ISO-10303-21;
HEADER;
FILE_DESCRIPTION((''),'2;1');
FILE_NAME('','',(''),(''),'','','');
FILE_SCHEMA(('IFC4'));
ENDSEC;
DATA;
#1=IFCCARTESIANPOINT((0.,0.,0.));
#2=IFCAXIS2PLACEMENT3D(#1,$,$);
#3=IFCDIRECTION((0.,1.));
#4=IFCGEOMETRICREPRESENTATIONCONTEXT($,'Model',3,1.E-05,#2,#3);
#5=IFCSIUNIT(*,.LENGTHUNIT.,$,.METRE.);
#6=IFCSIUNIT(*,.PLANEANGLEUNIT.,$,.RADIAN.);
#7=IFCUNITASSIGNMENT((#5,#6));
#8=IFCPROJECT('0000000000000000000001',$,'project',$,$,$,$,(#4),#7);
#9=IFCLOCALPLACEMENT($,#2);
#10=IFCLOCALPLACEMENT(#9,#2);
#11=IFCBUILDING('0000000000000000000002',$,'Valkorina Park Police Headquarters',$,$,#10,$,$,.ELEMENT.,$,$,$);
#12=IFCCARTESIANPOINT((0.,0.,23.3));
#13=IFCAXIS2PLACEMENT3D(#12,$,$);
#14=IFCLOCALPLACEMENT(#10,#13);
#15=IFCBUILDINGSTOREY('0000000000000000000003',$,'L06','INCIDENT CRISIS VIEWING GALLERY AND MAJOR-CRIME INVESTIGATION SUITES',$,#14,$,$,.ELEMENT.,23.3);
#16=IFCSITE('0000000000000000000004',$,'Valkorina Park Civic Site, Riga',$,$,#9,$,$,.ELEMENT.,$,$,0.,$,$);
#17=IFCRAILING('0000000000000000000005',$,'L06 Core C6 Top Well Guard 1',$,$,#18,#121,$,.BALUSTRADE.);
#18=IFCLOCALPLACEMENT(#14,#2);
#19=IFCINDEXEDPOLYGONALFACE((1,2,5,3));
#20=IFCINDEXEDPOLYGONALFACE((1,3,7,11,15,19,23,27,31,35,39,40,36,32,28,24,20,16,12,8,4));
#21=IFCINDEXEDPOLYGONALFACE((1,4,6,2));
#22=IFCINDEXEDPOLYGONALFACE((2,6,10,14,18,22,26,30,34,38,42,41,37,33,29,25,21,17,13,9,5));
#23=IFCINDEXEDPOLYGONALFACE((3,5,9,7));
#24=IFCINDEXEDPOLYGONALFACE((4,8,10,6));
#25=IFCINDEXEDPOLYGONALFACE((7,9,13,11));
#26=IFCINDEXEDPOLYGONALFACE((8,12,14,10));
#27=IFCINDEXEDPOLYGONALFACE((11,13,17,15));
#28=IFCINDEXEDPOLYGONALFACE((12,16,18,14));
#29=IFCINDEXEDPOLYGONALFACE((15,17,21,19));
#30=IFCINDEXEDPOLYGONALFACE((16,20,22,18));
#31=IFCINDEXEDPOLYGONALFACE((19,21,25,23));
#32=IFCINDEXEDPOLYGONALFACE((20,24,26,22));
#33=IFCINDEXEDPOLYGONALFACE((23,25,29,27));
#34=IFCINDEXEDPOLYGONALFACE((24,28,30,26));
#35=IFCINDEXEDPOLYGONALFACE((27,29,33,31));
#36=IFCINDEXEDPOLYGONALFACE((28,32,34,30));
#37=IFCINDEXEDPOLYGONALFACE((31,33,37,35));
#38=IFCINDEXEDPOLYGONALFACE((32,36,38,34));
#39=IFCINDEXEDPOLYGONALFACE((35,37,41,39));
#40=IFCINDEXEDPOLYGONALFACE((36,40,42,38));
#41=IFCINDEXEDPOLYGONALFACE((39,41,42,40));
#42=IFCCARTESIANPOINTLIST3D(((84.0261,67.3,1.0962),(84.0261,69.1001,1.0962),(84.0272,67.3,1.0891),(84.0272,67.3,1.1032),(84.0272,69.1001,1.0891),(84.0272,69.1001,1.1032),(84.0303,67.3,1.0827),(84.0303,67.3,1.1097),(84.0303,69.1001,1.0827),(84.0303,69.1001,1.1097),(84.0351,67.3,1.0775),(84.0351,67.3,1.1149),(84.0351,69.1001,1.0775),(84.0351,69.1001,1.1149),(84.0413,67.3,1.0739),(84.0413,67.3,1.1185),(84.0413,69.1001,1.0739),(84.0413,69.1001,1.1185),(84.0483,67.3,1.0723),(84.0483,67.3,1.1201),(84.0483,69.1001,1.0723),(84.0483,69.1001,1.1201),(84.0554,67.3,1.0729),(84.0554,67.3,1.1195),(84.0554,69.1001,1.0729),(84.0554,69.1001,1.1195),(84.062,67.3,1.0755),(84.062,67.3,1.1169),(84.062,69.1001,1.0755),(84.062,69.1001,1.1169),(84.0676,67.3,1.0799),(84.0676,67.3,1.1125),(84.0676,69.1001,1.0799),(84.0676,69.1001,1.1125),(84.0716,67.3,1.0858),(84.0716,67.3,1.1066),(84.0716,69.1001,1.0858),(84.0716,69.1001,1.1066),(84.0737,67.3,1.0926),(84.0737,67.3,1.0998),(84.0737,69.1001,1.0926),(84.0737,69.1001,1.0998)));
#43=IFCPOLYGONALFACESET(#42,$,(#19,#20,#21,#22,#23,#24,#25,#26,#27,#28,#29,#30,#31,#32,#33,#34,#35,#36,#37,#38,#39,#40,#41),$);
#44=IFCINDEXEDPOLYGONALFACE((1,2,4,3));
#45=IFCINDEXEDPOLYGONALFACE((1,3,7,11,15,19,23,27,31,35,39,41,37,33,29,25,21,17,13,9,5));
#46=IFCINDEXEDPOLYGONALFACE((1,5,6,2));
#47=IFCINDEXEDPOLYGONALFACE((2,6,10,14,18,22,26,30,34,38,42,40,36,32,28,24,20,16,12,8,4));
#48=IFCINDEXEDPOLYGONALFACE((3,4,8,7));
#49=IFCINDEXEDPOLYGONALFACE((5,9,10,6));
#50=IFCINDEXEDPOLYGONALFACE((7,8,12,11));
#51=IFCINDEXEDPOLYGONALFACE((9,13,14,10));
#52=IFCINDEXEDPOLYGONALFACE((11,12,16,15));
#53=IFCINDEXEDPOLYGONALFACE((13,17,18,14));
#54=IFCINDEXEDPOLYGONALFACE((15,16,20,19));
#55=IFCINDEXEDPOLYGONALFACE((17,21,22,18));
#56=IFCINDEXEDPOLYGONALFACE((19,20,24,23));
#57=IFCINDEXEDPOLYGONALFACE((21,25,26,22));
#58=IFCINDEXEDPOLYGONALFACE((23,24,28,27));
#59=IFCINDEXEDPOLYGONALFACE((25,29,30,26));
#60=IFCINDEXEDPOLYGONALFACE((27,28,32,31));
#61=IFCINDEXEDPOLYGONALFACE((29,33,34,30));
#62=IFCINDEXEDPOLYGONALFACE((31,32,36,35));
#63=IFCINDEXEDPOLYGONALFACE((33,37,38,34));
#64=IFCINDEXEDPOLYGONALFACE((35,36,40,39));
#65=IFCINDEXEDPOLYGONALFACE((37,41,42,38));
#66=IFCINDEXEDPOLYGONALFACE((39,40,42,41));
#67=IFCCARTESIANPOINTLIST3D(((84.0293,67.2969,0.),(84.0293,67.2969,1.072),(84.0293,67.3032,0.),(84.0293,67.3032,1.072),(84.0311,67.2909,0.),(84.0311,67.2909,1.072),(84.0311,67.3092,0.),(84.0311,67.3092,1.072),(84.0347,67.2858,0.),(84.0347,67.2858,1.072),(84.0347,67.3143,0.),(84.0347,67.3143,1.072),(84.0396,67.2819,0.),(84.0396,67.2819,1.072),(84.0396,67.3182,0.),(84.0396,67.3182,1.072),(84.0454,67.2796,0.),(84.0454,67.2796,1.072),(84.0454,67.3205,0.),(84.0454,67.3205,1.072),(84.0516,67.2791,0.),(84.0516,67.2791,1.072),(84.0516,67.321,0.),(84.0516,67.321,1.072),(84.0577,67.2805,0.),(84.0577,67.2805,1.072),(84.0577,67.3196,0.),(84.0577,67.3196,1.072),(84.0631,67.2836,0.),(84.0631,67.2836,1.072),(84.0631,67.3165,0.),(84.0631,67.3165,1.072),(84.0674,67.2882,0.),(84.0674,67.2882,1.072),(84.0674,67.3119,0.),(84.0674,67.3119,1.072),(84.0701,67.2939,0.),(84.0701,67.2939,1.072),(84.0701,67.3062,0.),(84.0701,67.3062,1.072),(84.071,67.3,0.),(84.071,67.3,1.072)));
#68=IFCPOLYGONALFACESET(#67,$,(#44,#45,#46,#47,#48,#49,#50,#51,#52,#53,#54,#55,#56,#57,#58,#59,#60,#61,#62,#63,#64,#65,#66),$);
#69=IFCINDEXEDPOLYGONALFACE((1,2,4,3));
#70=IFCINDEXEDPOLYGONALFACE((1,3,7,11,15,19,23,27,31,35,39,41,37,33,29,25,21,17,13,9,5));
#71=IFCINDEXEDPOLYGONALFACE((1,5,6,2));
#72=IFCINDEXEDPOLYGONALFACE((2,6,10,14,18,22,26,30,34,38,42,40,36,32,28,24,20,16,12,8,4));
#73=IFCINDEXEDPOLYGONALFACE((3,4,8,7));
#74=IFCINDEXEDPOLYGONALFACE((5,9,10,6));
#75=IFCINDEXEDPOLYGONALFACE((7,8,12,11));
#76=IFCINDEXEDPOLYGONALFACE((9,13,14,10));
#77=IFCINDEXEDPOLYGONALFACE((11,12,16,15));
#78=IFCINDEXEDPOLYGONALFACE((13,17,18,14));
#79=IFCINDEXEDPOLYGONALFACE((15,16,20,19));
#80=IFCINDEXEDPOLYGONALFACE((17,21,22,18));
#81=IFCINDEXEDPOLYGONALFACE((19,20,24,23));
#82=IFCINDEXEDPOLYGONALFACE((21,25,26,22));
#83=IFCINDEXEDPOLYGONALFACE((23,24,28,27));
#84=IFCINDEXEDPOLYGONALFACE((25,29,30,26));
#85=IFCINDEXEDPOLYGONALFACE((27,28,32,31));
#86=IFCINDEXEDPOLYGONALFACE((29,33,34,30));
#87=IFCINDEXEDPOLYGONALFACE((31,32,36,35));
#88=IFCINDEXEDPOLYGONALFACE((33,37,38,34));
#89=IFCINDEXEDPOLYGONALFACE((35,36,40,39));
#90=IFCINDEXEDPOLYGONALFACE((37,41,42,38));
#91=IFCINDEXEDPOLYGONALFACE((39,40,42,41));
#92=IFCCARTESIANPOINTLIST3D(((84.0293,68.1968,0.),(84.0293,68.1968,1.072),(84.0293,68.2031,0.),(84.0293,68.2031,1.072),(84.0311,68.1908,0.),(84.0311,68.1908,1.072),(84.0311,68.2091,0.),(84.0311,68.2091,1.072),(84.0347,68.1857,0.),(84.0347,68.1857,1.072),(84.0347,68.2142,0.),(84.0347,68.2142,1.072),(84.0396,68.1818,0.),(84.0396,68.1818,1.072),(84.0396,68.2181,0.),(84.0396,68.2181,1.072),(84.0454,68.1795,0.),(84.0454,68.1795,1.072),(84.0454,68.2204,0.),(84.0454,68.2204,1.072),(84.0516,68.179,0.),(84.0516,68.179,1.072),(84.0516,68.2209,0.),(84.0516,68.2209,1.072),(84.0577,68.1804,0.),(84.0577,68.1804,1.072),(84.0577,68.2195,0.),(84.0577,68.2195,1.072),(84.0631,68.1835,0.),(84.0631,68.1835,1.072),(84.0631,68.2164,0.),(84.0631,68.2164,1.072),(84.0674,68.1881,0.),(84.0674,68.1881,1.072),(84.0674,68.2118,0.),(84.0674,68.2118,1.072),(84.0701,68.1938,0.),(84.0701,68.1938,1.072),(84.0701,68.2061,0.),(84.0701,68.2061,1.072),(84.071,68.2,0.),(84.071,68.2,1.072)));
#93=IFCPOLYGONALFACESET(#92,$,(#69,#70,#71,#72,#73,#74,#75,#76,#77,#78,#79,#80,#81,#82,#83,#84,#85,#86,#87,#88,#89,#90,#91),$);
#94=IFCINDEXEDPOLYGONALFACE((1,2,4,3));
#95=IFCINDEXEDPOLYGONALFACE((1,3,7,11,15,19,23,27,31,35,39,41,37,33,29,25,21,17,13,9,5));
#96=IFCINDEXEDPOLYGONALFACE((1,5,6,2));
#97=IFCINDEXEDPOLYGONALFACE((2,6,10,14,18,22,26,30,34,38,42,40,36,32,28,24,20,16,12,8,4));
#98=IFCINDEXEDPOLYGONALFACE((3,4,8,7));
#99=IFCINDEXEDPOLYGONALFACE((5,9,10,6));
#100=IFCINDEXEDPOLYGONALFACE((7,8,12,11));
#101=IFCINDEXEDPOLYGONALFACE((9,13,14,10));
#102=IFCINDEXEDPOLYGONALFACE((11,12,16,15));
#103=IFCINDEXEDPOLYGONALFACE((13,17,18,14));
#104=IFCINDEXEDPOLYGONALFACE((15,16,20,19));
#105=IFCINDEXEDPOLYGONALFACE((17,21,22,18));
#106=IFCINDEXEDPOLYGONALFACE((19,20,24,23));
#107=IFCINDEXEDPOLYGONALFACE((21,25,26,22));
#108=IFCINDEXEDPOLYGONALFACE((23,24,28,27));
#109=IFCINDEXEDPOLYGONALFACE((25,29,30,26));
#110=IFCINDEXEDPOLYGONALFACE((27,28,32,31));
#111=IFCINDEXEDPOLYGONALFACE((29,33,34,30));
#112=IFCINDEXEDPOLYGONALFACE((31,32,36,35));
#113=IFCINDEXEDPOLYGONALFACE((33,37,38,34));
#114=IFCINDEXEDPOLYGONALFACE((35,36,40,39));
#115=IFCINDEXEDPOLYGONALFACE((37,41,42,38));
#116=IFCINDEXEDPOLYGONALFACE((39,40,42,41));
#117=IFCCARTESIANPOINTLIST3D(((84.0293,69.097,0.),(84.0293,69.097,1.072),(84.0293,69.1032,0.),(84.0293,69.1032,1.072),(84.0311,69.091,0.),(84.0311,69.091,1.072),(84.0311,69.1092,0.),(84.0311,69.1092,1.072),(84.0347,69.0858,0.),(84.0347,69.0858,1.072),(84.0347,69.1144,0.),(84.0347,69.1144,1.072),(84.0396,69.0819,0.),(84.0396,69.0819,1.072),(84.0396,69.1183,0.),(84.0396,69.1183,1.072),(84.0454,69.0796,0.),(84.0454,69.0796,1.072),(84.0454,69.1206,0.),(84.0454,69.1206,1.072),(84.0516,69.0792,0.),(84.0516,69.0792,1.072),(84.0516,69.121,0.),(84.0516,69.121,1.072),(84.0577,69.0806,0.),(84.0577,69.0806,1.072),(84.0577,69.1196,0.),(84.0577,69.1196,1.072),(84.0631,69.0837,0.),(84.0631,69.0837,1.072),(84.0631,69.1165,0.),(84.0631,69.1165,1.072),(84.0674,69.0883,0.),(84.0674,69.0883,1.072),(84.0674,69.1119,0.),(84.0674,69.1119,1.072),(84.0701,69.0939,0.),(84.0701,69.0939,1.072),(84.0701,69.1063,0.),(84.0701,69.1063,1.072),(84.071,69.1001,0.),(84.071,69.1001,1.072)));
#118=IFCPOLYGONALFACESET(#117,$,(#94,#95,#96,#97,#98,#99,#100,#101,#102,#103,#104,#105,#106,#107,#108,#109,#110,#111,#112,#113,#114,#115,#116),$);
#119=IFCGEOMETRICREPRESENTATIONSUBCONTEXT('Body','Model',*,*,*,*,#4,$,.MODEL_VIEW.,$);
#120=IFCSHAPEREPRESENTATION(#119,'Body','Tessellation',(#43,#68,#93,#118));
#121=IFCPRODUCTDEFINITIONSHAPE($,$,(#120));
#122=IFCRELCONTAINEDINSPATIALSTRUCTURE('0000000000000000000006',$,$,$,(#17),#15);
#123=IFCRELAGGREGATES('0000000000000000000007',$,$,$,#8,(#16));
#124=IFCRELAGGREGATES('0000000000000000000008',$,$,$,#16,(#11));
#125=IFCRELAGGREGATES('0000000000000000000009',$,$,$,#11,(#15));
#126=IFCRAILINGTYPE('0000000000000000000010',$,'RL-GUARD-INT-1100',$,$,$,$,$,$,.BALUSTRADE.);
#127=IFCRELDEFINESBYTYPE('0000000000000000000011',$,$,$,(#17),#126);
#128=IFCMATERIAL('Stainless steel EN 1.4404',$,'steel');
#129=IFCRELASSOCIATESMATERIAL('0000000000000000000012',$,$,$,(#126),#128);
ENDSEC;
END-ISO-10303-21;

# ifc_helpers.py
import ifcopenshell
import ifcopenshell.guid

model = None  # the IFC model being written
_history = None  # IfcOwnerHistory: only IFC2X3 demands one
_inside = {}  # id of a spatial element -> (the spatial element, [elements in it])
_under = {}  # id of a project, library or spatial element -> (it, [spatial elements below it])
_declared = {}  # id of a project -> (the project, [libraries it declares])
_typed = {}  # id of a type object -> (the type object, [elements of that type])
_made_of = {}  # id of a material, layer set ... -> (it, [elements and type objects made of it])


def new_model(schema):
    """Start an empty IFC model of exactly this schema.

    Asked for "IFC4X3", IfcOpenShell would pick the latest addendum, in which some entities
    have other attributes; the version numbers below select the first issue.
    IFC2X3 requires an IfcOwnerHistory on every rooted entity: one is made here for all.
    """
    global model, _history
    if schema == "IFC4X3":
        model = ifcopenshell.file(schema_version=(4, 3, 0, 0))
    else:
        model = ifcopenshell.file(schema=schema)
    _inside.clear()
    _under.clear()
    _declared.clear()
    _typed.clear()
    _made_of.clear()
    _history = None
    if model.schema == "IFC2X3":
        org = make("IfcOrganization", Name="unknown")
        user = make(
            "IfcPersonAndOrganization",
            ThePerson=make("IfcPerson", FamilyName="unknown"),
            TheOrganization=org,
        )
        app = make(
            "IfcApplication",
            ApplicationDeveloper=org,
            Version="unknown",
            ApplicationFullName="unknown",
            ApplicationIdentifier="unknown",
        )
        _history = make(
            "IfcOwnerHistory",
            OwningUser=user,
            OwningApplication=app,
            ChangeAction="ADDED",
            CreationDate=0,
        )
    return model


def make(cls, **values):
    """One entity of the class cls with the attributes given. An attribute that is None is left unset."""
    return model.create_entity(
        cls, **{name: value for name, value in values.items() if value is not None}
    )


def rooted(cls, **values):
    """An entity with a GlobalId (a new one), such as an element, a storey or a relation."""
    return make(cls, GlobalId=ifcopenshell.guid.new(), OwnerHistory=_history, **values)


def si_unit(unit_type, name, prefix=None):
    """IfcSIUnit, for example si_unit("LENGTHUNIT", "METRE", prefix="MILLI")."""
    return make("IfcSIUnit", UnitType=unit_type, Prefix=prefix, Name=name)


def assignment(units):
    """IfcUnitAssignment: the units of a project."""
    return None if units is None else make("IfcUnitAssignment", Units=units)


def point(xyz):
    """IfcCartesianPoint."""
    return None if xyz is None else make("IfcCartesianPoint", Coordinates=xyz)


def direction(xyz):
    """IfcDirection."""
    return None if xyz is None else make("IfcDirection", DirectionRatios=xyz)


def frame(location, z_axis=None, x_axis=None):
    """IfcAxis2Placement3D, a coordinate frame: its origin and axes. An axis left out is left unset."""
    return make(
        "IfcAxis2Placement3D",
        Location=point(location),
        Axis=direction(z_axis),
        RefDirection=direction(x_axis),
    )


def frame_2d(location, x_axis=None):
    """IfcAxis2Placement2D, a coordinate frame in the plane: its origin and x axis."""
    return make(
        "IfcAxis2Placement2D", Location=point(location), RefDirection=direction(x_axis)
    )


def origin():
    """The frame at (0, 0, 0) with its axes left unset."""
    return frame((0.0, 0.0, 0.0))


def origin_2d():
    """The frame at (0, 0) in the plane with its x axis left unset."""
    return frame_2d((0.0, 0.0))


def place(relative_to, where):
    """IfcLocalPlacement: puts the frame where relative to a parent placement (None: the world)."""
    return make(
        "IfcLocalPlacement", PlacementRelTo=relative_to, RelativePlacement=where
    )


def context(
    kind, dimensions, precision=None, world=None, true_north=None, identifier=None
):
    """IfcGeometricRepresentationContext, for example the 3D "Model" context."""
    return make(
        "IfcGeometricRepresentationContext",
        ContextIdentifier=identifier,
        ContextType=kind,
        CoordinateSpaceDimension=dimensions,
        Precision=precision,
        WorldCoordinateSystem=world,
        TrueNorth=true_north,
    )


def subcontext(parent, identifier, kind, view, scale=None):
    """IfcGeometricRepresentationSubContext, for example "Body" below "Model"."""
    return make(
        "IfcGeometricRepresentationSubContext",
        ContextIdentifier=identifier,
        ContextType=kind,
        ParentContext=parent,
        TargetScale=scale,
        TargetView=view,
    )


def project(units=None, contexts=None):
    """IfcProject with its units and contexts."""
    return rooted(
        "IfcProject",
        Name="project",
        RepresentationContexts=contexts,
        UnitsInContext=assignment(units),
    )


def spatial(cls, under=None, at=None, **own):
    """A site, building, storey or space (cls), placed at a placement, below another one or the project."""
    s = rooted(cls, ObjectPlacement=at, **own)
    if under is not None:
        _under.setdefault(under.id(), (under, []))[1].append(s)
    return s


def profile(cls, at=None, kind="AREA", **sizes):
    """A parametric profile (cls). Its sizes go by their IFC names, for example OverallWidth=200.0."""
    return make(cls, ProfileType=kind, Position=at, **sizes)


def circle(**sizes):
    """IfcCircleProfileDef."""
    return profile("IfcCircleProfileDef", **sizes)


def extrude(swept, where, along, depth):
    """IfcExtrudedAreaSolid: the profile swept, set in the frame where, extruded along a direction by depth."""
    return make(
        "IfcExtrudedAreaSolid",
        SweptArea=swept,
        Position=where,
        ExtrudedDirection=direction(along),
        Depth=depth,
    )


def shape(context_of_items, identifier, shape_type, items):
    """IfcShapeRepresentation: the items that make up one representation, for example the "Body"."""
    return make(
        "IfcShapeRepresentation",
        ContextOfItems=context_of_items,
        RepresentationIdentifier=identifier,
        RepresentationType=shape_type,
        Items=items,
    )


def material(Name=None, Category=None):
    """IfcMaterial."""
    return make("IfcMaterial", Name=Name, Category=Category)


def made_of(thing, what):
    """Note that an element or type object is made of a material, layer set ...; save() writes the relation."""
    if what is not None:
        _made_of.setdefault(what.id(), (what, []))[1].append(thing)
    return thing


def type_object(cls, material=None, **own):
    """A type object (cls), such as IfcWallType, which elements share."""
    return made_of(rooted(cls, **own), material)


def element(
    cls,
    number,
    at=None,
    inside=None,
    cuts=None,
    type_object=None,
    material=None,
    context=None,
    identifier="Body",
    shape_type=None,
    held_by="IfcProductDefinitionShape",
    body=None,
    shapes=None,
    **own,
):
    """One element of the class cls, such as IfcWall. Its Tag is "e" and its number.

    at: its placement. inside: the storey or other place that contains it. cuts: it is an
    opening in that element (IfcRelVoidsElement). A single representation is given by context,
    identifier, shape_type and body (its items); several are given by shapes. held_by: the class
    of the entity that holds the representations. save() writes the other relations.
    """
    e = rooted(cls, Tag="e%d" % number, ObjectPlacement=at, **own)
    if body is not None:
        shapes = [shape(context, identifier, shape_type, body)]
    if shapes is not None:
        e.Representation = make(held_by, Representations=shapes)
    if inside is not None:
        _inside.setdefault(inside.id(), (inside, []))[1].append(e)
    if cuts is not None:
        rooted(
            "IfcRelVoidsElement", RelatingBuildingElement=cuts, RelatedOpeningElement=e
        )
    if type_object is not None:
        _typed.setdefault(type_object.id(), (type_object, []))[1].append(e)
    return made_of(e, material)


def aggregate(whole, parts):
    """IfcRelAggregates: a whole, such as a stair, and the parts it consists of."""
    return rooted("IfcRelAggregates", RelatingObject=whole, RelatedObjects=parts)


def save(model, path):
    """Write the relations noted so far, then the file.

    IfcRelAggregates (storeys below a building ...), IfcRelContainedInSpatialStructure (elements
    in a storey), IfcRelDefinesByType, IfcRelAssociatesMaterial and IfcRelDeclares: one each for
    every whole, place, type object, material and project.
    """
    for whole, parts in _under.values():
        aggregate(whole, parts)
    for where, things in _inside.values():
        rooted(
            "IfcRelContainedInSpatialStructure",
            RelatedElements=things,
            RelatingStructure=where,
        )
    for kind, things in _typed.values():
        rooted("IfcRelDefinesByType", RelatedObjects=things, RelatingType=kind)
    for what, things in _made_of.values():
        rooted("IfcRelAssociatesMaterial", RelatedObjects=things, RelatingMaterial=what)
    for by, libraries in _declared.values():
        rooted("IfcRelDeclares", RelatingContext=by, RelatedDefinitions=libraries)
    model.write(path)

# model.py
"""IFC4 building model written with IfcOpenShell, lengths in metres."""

from ifc_helpers import new_model, si_unit, direction, frame, origin, origin_2d, place, context, subcontext, project, spatial, circle, extrude, material, type_object, element, save


model = new_model("IFC4")

# Units and contexts
model_context = context("Model", 3, precision=1e-05, world=origin(), true_north=direction((0.0, 1.0)))
body_context = subcontext(model_context, "Body", "Model", "MODEL_VIEW")
ifc_project = project(units=[si_unit("LENGTHUNIT", "METRE"), si_unit("PLANEANGLEUNIT", "RADIAN")], contexts=[model_context])

# Site, building, storey
site_placement = place(None, origin())
site = spatial("IfcSite", under=ifc_project, at=site_placement, Name="Valkorina Park Civic Site, Riga", CompositionType="ELEMENT", RefElevation=0.0)
building_placement = place(site_placement, origin())
building = spatial("IfcBuilding", under=site, at=building_placement, Name="Valkorina Park Police Headquarters", CompositionType="ELEMENT")
storey_placement = place(building_placement, frame((0.0, 0.0, 23.3)))
storey = spatial("IfcBuildingStorey", under=building, at=storey_placement, Name="L06", Description="INCIDENT CRISIS VIEWING GALLERY AND MAJOR-CRIME INVESTIGATION SUITES", CompositionType="ELEMENT", Elevation=23.3)

# Railing
ifc_material_1 = material(Name="Stainless steel EN 1.4404", Category="steel")
railing_type = type_object("IfcRailingType", Name="RL-GUARD-INT-1100", PredefinedType="BALUSTRADE", material=ifc_material_1)
railing_placement = place(storey_placement, frame((84.05, 67.3, 0.0)))
element("IfcRailing", 1, at=railing_placement, inside=storey, type_object=railing_type, Name="L06 Core C6 Top Well Guard 1", PredefinedType="BALUSTRADE", context=body_context, shape_type="SweptSolid", body=[
    extrude(circle(Radius=0.0239, at=origin_2d()), frame((0.0, 0.0, 1.0962), z_axis=(0.0, 1.0, 0.0), x_axis=(-1.0, 0.0, 0.0)), (0.0, 0.0, 1.0), 1.8),
    extrude(circle(Radius=0.021, at=origin_2d()), origin(), (0.0, 0.0, 1.0), 1.072),
    extrude(circle(Radius=0.021, at=origin_2d()), frame((0.0, 0.8999, 0.0)), (0.0, 0.0, 1.0), 1.072),
    extrude(circle(Radius=0.021, at=origin_2d()), frame((0.0, 1.8, 0.0)), (0.0, 0.0, 1.0), 1.072),
])

save(model, "model.ifc")
